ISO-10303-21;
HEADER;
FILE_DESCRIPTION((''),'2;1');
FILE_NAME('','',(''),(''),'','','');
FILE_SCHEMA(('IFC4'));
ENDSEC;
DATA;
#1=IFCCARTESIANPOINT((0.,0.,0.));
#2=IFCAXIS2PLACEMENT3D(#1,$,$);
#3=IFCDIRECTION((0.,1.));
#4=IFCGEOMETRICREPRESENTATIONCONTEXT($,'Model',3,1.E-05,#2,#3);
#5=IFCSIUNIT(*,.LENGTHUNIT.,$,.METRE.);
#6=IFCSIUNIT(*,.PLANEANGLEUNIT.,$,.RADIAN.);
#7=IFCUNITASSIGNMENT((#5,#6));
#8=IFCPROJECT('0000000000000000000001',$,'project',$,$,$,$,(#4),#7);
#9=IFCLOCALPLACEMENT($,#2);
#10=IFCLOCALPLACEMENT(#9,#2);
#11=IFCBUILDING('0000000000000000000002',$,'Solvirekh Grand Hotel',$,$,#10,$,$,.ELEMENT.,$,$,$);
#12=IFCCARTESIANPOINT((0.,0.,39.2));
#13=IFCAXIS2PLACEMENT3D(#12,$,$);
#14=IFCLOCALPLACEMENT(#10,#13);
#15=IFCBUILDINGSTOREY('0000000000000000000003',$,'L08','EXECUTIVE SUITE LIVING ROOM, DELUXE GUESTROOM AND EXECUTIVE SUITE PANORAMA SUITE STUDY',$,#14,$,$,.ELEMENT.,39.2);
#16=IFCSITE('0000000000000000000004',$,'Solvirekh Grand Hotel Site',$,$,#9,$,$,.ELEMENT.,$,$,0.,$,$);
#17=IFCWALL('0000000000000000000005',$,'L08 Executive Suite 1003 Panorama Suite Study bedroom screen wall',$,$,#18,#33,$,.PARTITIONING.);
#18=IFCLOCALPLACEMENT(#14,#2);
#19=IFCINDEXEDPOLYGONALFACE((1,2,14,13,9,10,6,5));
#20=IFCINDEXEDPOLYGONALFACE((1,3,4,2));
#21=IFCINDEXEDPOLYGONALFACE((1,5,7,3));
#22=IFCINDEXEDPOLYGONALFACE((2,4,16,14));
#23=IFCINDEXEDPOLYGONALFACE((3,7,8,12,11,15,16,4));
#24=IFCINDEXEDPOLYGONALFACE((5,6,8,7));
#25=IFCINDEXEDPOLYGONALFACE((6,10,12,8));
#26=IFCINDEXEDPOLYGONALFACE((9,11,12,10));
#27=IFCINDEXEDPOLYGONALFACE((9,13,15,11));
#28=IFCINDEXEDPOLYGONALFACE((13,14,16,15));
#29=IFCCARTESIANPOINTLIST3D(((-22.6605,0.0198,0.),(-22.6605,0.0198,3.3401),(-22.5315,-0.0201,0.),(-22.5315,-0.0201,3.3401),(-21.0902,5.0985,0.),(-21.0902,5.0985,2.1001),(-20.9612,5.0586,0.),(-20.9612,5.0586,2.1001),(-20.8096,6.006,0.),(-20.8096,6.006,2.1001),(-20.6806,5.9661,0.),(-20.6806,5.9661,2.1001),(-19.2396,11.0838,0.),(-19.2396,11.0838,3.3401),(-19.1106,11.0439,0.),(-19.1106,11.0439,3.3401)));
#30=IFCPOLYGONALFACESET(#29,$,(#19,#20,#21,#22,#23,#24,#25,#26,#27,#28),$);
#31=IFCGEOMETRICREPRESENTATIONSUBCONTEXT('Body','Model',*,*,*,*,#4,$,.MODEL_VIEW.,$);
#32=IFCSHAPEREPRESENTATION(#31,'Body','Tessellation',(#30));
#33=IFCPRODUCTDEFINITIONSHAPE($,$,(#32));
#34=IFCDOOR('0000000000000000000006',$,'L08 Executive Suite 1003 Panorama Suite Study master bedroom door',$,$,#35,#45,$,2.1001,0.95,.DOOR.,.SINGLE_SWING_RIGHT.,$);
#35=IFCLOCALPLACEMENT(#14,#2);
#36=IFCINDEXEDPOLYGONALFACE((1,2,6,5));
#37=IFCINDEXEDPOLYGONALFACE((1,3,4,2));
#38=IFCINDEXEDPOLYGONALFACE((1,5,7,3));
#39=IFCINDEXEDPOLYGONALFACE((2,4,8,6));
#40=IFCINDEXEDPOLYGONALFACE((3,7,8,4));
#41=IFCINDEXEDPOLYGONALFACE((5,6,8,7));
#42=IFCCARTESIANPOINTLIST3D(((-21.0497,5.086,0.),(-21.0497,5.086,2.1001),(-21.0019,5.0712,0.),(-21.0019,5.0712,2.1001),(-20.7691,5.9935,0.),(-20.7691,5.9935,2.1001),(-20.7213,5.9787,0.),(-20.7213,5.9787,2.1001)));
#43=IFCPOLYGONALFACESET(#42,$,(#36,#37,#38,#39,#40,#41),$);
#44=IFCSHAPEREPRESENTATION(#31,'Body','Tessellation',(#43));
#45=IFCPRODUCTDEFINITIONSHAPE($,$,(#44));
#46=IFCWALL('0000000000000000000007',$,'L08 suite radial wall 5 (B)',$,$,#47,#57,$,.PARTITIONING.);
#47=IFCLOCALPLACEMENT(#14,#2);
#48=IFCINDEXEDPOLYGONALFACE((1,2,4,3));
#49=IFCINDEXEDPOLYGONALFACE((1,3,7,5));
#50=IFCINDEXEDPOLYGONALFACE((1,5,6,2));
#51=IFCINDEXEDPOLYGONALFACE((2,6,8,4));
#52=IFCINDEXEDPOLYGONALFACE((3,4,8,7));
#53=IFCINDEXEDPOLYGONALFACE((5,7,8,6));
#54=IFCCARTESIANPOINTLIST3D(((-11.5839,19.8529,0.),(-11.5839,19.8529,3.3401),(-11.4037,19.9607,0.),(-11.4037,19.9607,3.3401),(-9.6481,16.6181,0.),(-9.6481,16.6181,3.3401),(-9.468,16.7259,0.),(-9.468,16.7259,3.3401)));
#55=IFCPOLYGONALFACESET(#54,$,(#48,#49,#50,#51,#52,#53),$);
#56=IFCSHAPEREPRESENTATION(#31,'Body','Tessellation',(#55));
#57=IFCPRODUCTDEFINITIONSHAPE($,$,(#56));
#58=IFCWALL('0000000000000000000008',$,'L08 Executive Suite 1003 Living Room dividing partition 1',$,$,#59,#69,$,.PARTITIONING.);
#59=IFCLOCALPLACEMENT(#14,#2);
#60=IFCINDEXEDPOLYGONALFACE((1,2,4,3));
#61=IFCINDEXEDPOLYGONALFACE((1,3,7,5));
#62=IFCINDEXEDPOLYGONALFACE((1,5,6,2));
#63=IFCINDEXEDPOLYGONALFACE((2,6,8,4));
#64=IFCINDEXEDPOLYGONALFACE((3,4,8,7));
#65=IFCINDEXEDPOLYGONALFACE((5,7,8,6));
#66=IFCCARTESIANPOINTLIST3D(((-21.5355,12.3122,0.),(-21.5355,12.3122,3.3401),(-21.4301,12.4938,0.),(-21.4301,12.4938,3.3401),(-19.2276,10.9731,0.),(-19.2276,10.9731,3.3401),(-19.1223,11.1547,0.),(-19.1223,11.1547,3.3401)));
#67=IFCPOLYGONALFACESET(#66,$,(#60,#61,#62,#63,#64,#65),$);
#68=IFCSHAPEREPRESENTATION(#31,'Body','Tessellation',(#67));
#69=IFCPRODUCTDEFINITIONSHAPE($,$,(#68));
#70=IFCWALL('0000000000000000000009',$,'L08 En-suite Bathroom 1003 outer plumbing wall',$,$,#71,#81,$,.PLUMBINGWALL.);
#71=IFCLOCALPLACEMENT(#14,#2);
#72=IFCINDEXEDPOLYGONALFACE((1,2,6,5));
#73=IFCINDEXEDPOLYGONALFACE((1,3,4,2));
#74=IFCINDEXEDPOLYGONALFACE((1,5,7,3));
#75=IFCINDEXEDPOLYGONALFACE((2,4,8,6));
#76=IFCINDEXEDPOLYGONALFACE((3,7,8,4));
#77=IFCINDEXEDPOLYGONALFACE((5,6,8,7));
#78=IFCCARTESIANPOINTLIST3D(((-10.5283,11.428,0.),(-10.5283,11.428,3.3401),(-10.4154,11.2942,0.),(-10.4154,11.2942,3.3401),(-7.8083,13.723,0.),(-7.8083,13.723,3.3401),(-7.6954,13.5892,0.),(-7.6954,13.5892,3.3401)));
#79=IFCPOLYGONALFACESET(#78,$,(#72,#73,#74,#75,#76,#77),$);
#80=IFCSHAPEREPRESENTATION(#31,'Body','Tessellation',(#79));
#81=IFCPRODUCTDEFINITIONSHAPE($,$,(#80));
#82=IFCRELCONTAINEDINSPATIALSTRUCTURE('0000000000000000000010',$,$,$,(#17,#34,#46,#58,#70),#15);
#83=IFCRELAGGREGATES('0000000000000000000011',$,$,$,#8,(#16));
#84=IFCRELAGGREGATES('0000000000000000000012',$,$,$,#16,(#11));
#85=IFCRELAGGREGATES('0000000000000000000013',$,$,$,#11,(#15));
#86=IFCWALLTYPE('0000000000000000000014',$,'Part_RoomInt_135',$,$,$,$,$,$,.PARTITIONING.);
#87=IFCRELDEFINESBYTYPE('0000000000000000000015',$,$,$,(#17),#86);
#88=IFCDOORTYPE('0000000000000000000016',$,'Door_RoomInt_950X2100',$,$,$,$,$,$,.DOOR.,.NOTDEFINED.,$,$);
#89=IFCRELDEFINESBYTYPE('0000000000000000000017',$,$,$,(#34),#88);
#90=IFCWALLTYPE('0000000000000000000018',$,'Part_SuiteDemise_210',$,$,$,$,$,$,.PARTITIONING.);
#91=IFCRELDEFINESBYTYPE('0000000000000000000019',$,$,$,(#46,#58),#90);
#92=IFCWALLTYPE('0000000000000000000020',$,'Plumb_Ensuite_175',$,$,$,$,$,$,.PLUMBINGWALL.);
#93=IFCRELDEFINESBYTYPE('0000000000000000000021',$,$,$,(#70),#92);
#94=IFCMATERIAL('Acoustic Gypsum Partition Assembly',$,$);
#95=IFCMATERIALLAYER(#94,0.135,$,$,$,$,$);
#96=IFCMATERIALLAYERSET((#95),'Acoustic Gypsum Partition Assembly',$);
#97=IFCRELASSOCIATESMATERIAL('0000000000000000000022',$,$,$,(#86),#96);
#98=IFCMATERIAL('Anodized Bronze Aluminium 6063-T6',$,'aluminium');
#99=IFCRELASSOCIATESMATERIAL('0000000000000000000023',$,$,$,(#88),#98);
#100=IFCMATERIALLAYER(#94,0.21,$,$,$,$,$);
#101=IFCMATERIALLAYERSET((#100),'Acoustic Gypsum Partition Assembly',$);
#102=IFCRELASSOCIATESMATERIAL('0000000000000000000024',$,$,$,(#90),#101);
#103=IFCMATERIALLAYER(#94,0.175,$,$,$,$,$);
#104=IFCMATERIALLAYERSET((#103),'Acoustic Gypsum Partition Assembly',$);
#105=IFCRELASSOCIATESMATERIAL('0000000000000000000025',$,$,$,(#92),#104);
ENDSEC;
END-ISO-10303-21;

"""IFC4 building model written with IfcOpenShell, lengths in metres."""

from ifc_helpers import new_model, si_unit, direction, frame, frame_2d, origin, place, context, subcontext, project, spatial, rectangle, extrude, material, layer, layer_set, type_object, element, fill, save


model = new_model("IFC4")

# Units and contexts
model_context = context("Model", 3, precision=1e-05, world=origin(), true_north=direction((0.0, 1.0)))
body_context = subcontext(model_context, "Body", "Model", "MODEL_VIEW")
ifc_project = project(units=[si_unit("LENGTHUNIT", "METRE"), si_unit("PLANEANGLEUNIT", "RADIAN")], contexts=[model_context])

# Site, building, storey
site_placement = place(None, origin())
site = spatial("IfcSite", under=ifc_project, at=site_placement, Name="Solvirekh Grand Hotel Site", CompositionType="ELEMENT", RefElevation=0.0)
building_placement = place(site_placement, origin())
building = spatial("IfcBuilding", under=site, at=building_placement, Name="Solvirekh Grand Hotel", CompositionType="ELEMENT")
storey_placement = place(building_placement, frame((0.0, 0.0, 39.2)))
storey = spatial("IfcBuildingStorey", under=building, at=storey_placement, Name="L08", Description="EXECUTIVE SUITE LIVING ROOM, DELUXE GUESTROOM AND EXECUTIVE SUITE PANORAMA SUITE STUDY", CompositionType="ELEMENT", Elevation=39.2)

# Shared definitions
ifc_material_1 = material(Name="Anodized Bronze Aluminium 6063-T6", Category="aluminium")

# Wall, opening, door
ifc_material_2 = material(Name="Acoustic Gypsum Partition Assembly")
ifc_layer_1 = layer(ifc_material_2, 0.135)
ifc_layer_set_1 = layer_set([ifc_layer_1], Name="Acoustic Gypsum Partition Assembly")
wall_type_1 = type_object("IfcWallType", Name="Part_RoomInt_135", PredefinedType="PARTITIONING", material=ifc_layer_set_1)
door_type = type_object("IfcDoorType", Name="Door_RoomInt_950X2100", OperationType="NOTDEFINED", PredefinedType="DOOR", material=ifc_material_1)
wall_1_placement = place(storey_placement, frame((-19.175, 11.064, 0.0), z_axis=(0.0, 0.0, 1.0), x_axis=(-0.295395, -0.955375, 0.0)))
wall_1 = element("IfcWall", 1, at=wall_1_placement, inside=storey, type_object=wall_type_1, Name="L08 Executive Suite 1003 Panorama Suite Study bedroom screen wall", PredefinedType="PARTITIONING", context=body_context, shape_type="SweptSolid", body=[
    extrude(rectangle(XDim=11.5808, YDim=0.135, at=frame_2d((5.7905, 0.0))), origin(), (0.0, 0.0, 1.0), 3.3401),
])
opening_1_placement = place(wall_1_placement, frame((5.3149, 0.0, 0.0)))
opening_1 = element("IfcOpeningElement", 2, at=opening_1_placement, cuts=wall_1, PredefinedType="OPENING", context=body_context, shape_type="SweptSolid", body=[
    extrude(rectangle(XDim=0.95, YDim=2.1001, at=frame_2d((0.4751, 1.05))), frame((0.0, 0.0776, 0.0), z_axis=(0.0, -1.0, 0.0), x_axis=(1.0, 0.0, 0.0)), (0.0, 0.0, 1.0), 0.155),
])
door_1_placement = place(opening_1_placement, origin())
door_1 = element("IfcDoor", 3, at=door_1_placement, inside=storey, type_object=door_type, Name="L08 Executive Suite 1003 Panorama Suite Study master bedroom door", OperationType="SINGLE_SWING_RIGHT", OverallHeight=2.1001, OverallWidth=0.95, PredefinedType="DOOR", context=body_context, shape_type="SweptSolid", body=[
    extrude(rectangle(XDim=0.95, YDim=2.1001, at=frame_2d((0.4751, 1.05))), frame((0.0, 0.0249, 0.0), z_axis=(0.0, -1.0, 0.0), x_axis=(1.0, 0.0, 0.0)), (0.0, 0.0, 1.0), 0.05),
])
fill(opening_1, door_1)

# Walls
ifc_layer_2 = layer(ifc_material_2, 0.21)
ifc_layer_set_2 = layer_set([ifc_layer_2], Name="Acoustic Gypsum Partition Assembly")
wall_type_2 = type_object("IfcWallType", Name="Part_SuiteDemise_210", PredefinedType="PARTITIONING", material=ifc_layer_set_2)
wall_2_placement = place(storey_placement, frame((-9.5581, 16.6721, 0.0), z_axis=(0.0, 0.0, 1.0), x_axis=(-0.513495, 0.858092, 0.0)))
element("IfcWall", 4, at=wall_2_placement, inside=storey, type_object=wall_type_2, Name="L08 suite radial wall 5 (B)", PredefinedType="PARTITIONING", context=body_context, shape_type="SweptSolid", body=[
    extrude(rectangle(XDim=3.7698, YDim=0.21, at=frame_2d((1.8848, 0.0))), origin(), (0.0, 0.0, 1.0), 3.3401),
])
wall_3_placement = place(storey_placement, frame((-19.175, 11.064, 0.0), z_axis=(0.0, 0.0, 1.0), x_axis=(-0.864941, 0.501873, 0.0)))
element("IfcWall", 5, at=wall_3_placement, inside=storey, type_object=wall_type_2, Name="L08 Executive Suite 1003 Living Room dividing partition 1", PredefinedType="PARTITIONING", context=body_context, shape_type="SweptSolid", body=[
    extrude(rectangle(XDim=2.6682, YDim=0.21, at=frame_2d((1.334, 0.0))), origin(), (0.0, 0.0, 1.0), 3.3401),
])
ifc_layer_3 = layer(ifc_material_2, 0.175)
ifc_layer_set_3 = layer_set([ifc_layer_3], Name="Acoustic Gypsum Partition Assembly")
wall_type_3 = type_object("IfcWallType", Name="Plumb_Ensuite_175", PredefinedType="PLUMBINGWALL", material=ifc_layer_set_3)
wall_4_placement = place(storey_placement, frame((-7.752, 13.656, 0.0), z_axis=(0.0, 0.0, 1.0), x_axis=(-0.764299, -0.644862, 0.0)))
element("IfcWall", 6, at=wall_4_placement, inside=storey, type_object=wall_type_3, Name="L08 En-suite Bathroom 1003 outer plumbing wall", PredefinedType="PLUMBINGWALL", context=body_context, shape_type="SweptSolid", body=[
    extrude(rectangle(XDim=3.5588, YDim=0.175, at=frame_2d((1.7793, 0.0))), origin(), (0.0, 0.0, 1.0), 3.3401),
])

save(model, "model.ifc")
